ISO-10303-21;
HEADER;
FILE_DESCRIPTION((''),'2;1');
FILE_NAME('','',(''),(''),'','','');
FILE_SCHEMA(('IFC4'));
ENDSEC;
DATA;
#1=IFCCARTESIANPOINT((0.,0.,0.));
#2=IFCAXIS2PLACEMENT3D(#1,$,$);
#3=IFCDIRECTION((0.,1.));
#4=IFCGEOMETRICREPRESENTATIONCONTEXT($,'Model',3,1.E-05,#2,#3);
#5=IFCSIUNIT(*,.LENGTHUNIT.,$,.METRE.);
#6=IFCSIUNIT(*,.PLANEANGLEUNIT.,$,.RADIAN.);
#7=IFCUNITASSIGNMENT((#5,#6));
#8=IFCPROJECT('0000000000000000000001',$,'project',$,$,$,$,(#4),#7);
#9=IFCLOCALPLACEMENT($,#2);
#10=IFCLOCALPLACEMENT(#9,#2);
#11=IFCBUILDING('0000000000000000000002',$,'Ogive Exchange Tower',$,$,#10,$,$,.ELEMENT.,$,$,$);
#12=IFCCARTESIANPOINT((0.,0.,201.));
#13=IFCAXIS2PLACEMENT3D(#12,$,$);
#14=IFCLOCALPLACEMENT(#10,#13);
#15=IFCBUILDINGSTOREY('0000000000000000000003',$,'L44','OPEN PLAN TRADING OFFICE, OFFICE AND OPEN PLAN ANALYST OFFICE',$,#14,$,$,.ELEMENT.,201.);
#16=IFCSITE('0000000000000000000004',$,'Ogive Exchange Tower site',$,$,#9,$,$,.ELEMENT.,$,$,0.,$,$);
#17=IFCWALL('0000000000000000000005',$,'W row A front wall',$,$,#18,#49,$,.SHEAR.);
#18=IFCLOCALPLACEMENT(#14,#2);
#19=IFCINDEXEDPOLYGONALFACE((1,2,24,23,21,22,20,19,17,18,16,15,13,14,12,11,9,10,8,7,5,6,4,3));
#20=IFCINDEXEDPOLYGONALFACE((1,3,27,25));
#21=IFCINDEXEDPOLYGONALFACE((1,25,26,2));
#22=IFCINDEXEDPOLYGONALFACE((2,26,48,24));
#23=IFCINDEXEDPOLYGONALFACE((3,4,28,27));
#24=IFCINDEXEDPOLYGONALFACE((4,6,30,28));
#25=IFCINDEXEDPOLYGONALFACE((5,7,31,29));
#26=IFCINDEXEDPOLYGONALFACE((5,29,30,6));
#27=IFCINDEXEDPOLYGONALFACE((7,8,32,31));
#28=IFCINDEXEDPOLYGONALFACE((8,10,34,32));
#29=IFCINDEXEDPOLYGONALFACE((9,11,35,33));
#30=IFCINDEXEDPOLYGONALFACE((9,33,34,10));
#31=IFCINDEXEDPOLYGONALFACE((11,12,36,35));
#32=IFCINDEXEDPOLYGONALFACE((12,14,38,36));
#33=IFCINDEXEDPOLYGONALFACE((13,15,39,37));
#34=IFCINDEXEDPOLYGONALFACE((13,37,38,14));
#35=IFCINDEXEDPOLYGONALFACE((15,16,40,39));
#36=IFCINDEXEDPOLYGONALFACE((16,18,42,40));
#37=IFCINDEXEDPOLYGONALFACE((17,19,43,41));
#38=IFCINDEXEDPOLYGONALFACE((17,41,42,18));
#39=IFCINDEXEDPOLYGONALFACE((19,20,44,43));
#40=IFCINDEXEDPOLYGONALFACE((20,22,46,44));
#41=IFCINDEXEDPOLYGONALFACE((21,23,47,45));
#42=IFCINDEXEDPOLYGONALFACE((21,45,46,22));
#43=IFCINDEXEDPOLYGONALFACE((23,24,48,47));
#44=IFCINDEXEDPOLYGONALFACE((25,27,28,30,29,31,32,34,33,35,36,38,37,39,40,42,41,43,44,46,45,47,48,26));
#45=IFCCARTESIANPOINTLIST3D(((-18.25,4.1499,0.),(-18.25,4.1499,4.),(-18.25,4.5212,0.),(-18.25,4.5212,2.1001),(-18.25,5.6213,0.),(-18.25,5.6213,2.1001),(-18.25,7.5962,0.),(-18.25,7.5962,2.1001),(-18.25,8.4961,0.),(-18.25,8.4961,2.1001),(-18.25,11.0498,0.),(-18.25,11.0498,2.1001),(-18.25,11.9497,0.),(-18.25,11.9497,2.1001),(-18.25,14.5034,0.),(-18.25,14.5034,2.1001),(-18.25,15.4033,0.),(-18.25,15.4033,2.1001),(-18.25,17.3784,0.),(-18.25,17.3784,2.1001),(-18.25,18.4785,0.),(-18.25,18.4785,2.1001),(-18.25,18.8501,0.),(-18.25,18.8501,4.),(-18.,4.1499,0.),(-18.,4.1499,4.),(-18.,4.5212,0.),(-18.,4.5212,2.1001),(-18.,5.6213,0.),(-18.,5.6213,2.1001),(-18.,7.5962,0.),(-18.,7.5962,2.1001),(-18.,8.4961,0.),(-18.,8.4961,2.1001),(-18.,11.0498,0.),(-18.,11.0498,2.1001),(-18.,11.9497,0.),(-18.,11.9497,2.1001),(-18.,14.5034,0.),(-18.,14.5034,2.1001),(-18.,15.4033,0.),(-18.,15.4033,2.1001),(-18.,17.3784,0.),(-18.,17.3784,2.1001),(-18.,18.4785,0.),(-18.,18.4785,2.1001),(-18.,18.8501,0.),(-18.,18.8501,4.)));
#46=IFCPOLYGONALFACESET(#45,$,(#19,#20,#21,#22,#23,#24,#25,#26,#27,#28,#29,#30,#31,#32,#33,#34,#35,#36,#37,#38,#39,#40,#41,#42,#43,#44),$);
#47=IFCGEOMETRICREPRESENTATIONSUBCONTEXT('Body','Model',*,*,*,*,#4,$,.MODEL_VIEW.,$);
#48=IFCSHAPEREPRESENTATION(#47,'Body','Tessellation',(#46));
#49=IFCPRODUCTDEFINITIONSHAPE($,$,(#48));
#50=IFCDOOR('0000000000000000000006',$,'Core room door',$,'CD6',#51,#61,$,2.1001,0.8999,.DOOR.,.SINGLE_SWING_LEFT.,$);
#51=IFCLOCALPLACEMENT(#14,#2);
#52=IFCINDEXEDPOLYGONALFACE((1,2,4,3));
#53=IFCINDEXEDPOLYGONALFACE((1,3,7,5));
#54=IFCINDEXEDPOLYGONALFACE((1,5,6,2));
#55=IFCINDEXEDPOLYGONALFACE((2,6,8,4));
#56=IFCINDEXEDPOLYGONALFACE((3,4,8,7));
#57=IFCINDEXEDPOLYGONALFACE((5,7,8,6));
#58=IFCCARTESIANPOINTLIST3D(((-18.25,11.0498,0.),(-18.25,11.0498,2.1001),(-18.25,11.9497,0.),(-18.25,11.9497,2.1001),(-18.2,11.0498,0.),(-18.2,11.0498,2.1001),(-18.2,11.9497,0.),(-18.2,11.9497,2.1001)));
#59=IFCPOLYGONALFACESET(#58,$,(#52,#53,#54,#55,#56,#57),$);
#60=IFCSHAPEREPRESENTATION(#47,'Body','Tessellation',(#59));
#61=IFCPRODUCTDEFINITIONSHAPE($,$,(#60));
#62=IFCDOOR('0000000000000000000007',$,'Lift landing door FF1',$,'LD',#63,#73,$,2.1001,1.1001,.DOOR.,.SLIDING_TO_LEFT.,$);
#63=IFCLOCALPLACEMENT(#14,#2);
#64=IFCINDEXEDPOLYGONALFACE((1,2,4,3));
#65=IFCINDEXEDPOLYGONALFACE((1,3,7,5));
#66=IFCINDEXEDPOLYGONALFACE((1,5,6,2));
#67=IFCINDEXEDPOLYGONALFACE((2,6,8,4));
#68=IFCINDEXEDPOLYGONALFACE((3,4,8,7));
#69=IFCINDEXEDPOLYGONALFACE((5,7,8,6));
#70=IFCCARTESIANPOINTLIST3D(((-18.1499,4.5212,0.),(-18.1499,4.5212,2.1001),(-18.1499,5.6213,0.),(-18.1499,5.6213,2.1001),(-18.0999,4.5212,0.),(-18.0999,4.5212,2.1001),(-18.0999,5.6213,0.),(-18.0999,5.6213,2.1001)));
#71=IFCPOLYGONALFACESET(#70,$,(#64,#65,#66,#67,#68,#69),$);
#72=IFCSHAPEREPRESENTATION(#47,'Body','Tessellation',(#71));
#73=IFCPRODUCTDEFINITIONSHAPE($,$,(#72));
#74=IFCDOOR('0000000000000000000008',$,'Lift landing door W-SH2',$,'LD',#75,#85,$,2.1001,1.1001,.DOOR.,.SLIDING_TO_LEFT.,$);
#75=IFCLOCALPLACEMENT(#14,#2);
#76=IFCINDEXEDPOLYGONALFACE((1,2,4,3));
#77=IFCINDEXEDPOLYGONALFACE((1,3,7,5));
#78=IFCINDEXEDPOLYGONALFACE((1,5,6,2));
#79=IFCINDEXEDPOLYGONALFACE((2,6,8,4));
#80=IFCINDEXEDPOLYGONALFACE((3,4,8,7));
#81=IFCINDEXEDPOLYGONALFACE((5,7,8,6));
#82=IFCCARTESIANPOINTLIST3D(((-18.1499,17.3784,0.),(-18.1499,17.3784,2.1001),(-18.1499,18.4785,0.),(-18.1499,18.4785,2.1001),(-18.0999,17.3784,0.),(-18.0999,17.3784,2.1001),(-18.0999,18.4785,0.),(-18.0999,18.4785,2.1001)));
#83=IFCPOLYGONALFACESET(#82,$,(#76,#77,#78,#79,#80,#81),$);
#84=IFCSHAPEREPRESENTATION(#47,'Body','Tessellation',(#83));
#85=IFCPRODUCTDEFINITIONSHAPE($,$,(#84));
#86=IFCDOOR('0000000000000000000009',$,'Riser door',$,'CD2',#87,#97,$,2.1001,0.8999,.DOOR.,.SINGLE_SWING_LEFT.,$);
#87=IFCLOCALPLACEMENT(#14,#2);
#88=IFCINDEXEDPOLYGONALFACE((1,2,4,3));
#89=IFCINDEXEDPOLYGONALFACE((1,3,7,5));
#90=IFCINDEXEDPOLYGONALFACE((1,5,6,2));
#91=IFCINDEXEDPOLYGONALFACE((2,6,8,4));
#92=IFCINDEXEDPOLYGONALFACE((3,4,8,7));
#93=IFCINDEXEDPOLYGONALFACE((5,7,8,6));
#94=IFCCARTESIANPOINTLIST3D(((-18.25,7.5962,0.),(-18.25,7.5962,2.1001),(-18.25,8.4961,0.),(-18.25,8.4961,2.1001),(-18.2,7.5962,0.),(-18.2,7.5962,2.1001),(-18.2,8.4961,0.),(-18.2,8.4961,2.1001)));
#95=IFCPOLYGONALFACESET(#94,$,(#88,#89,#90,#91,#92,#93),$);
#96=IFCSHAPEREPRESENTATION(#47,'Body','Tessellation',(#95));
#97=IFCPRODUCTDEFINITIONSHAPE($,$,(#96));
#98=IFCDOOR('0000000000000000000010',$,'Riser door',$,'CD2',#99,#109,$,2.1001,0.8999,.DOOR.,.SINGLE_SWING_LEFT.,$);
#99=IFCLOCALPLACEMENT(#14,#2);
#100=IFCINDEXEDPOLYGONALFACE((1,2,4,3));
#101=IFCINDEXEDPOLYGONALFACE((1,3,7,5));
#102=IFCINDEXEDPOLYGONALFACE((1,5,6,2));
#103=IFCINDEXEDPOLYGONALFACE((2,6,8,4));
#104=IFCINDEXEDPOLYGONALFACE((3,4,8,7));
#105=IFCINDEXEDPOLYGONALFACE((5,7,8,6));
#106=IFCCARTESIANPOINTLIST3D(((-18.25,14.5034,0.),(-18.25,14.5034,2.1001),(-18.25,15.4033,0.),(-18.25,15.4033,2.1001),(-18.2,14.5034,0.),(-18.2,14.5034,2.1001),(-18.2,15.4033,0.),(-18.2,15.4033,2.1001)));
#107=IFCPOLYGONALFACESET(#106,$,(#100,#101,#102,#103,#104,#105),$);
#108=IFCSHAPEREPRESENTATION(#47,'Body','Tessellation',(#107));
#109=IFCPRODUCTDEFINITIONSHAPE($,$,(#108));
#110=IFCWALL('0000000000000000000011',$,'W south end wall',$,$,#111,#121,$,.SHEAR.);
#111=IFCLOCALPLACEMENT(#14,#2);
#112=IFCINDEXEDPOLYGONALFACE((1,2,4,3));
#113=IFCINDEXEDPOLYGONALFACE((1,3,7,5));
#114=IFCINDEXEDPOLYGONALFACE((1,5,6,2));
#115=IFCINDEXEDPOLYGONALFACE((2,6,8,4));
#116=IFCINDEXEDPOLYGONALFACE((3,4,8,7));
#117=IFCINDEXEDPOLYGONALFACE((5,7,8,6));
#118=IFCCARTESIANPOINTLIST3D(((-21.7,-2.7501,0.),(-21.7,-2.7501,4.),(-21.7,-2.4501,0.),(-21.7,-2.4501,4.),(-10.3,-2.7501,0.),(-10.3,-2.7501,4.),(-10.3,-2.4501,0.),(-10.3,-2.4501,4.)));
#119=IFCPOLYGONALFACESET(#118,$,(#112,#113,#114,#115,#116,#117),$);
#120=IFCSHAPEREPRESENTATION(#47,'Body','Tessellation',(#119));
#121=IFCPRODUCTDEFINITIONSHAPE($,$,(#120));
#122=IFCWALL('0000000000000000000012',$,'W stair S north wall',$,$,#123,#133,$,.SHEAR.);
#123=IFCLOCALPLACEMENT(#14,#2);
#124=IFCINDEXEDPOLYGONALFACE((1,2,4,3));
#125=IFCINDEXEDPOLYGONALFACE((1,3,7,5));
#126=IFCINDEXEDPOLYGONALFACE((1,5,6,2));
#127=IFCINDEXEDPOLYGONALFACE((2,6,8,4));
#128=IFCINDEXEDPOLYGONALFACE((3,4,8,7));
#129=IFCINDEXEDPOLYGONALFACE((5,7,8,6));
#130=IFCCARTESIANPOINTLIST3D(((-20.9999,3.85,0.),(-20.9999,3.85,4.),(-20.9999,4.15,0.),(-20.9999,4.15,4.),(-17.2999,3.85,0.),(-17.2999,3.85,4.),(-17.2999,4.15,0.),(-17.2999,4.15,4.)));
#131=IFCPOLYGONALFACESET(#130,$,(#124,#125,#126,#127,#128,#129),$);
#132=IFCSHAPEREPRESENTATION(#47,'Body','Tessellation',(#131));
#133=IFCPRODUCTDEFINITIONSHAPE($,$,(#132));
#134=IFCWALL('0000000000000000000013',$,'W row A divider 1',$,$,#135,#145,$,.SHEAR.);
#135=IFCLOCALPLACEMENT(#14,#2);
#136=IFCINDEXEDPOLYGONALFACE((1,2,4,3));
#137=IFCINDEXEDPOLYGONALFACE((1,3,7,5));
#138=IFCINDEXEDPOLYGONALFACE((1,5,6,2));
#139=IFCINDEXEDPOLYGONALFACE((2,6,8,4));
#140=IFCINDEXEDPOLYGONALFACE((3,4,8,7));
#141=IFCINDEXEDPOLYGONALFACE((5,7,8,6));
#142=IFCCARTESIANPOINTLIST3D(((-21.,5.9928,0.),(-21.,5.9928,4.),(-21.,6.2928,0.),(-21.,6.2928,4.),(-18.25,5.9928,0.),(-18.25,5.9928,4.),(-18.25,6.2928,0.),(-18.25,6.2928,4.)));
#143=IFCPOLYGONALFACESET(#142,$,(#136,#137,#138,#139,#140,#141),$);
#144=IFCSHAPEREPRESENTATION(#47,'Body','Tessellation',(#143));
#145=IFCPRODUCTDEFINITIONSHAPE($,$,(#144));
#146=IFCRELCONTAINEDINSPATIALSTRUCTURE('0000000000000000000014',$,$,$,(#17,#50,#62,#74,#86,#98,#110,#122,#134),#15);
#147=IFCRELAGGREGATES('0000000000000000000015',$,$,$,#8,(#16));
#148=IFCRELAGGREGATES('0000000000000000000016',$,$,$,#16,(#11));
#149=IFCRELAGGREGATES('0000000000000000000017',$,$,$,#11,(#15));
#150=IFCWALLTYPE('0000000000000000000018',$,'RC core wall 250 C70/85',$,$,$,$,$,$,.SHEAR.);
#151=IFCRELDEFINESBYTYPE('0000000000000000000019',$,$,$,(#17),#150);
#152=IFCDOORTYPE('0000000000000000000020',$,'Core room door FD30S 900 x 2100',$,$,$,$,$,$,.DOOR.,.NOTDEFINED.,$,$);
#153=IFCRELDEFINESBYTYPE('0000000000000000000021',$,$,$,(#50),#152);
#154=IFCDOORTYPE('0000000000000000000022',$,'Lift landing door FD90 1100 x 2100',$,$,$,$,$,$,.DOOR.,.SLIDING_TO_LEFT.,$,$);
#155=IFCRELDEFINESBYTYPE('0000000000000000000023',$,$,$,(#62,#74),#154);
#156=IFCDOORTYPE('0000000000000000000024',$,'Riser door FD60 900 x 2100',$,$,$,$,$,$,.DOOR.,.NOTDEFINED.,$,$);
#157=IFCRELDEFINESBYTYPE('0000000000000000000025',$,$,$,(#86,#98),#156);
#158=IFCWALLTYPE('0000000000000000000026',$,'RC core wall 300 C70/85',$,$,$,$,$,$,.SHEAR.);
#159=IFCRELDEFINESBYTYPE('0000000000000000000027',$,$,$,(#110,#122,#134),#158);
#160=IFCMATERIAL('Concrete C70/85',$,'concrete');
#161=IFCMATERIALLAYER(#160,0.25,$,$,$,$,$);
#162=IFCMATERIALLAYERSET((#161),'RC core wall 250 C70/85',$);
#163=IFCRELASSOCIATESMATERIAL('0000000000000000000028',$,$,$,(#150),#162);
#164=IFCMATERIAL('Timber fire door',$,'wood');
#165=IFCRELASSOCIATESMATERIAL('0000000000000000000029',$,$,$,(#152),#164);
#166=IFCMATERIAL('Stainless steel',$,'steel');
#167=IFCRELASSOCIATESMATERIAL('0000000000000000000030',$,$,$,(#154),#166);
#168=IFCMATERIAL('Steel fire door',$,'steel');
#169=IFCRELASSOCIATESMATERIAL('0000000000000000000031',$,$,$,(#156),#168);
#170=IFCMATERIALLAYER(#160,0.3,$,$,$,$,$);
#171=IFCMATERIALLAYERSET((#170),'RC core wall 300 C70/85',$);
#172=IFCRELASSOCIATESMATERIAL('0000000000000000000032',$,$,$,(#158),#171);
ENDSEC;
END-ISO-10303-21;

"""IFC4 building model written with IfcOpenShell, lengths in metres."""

from ifc_helpers import new_model, si_unit, direction, frame, frame_2d, origin, place, context, subcontext, project, spatial, rectangle, extrude, material, layer, layer_set, type_object, element, fill, save


model = new_model("IFC4")

# Units and contexts
model_context = context("Model", 3, precision=1e-05, world=origin(), true_north=direction((0.0, 1.0)))
body_context = subcontext(model_context, "Body", "Model", "MODEL_VIEW")
ifc_project = project(units=[si_unit("LENGTHUNIT", "METRE"), si_unit("PLANEANGLEUNIT", "RADIAN")], contexts=[model_context])

# Site, building, storey
site_placement = place(None, origin())
site = spatial("IfcSite", under=ifc_project, at=site_placement, Name="Ogive Exchange Tower site", CompositionType="ELEMENT", RefElevation=0.0)
building_placement = place(site_placement, origin())
building = spatial("IfcBuilding", under=site, at=building_placement, Name="Ogive Exchange Tower", CompositionType="ELEMENT")
storey_placement = place(building_placement, frame((0.0, 0.0, 201.0)))
storey = spatial("IfcBuildingStorey", under=building, at=storey_placement, Name="L44", Description="OPEN PLAN TRADING OFFICE, OFFICE AND OPEN PLAN ANALYST OFFICE", CompositionType="ELEMENT", Elevation=201.0)

# Shared definitions
ifc_material_1 = material(Name="Concrete C70/85", Category="concrete")
ifc_material_2 = material(Name="Steel fire door", Category="steel")
ifc_layer_1 = layer(ifc_material_1, 0.25)
ifc_layer_set_1 = layer_set([ifc_layer_1], Name="RC core wall 250 C70/85")
wall_type_1 = type_object("IfcWallType", Name="RC core wall 250 C70/85", PredefinedType="SHEAR", material=ifc_layer_set_1)

# Wall, openings, doors
wall_1_placement = place(storey_placement, frame((-18.125, 4.1499, 0.0), z_axis=(0.0, 0.0, 1.0), x_axis=(0.0, 1.0, 0.0)))
wall_1 = element("IfcWall", 1, at=wall_1_placement, inside=storey, type_object=wall_type_1, Name="W row A front wall", PredefinedType="SHEAR", context=body_context, shape_type="SweptSolid", body=[
    extrude(rectangle(XDim=14.7002, YDim=0.25, at=frame_2d((7.3501, 0.0))), origin(), (0.0, 0.0, 1.0), 4.0),
])
opening_1_placement = place(wall_1_placement, frame((3.4463, 0.0, 0.0)))
opening_1 = element("IfcOpeningElement", 2, at=opening_1_placement, cuts=wall_1, PredefinedType="OPENING", context=body_context, shape_type="SweptSolid", body=[
    extrude(rectangle(XDim=0.8999, YDim=2.1001, at=frame_2d((0.45, 1.05))), frame((0.0, 0.135, 0.0), z_axis=(0.0, -1.0, 0.0), x_axis=(1.0, 0.0, 0.0)), (0.0, 0.0, 1.0), 0.27),
])
opening_2_placement = place(wall_1_placement, frame((6.8999, 0.0, 0.0)))
opening_2 = element("IfcOpeningElement", 3, at=opening_2_placement, cuts=wall_1, PredefinedType="OPENING", context=body_context, shape_type="SweptSolid", body=[
    extrude(rectangle(XDim=0.8999, YDim=2.1001, at=frame_2d((0.45, 1.05))), frame((0.0, 0.135, 0.0), z_axis=(0.0, -1.0, 0.0), x_axis=(1.0, 0.0, 0.0)), (0.0, 0.0, 1.0), 0.27),
])
opening_3_placement = place(wall_1_placement, frame((10.3535, 0.0, 0.0)))
opening_3 = element("IfcOpeningElement", 4, at=opening_3_placement, cuts=wall_1, PredefinedType="OPENING", context=body_context, shape_type="SweptSolid", body=[
    extrude(rectangle(XDim=0.8999, YDim=2.1001, at=frame_2d((0.45, 1.05))), frame((0.0, 0.135, 0.0), z_axis=(0.0, -1.0, 0.0), x_axis=(1.0, 0.0, 0.0)), (0.0, 0.0, 1.0), 0.27),
])
opening_4_placement = place(wall_1_placement, frame((0.3713, 0.0, 0.0)))
opening_4 = element("IfcOpeningElement", 5, at=opening_4_placement, cuts=wall_1, PredefinedType="OPENING", context=body_context, shape_type="SweptSolid", body=[
    extrude(rectangle(XDim=1.1001, YDim=2.1001, at=frame_2d((0.55, 1.05))), frame((0.0, 0.135, 0.0), z_axis=(0.0, -1.0, 0.0), x_axis=(1.0, 0.0, 0.0)), (0.0, 0.0, 1.0), 0.27),
])
opening_5_placement = place(wall_1_placement, frame((13.2285, 0.0, 0.0)))
opening_5 = element("IfcOpeningElement", 6, at=opening_5_placement, cuts=wall_1, PredefinedType="OPENING", context=body_context, shape_type="SweptSolid", body=[
    extrude(rectangle(XDim=1.1001, YDim=2.1001, at=frame_2d((0.55, 1.05))), frame((0.0, 0.135, 0.0), z_axis=(0.0, -1.0, 0.0), x_axis=(1.0, 0.0, 0.0)), (0.0, 0.0, 1.0), 0.27),
])
ifc_material_3 = material(Name="Timber fire door", Category="wood")
door_type_1 = type_object("IfcDoorType", Name="Core room door FD30S 900 x 2100", OperationType="NOTDEFINED", PredefinedType="DOOR", material=ifc_material_3)
door_1_placement = place(opening_2_placement, origin())
door_1 = element("IfcDoor", 7, at=door_1_placement, inside=storey, type_object=door_type_1, Name="Core room door", ObjectType="CD6", OperationType="SINGLE_SWING_LEFT", OverallHeight=2.1001, OverallWidth=0.8999, PredefinedType="DOOR", context=body_context, shape_type="SweptSolid", body=[
    extrude(rectangle(XDim=0.8999, YDim=2.1001, at=frame_2d((0.45, 1.05))), frame((0.0, 0.125, 0.0), z_axis=(0.0, -1.0, 0.0), x_axis=(1.0, 0.0, 0.0)), (0.0, 0.0, 1.0), 0.05),
])
fill(opening_2, door_1)
ifc_material_4 = material(Name="Stainless steel", Category="steel")
door_type_2 = type_object("IfcDoorType", Name="Lift landing door FD90 1100 x 2100", OperationType="SLIDING_TO_LEFT", PredefinedType="DOOR", material=ifc_material_4)
door_2_placement = place(opening_4_placement, origin())
door_2 = element("IfcDoor", 8, at=door_2_placement, inside=storey, type_object=door_type_2, Name="Lift landing door FF1", ObjectType="LD", OperationType="SLIDING_TO_LEFT", OverallHeight=2.1001, OverallWidth=1.1001, PredefinedType="DOOR", context=body_context, shape_type="SweptSolid", body=[
    extrude(rectangle(XDim=1.1001, YDim=2.1001, at=frame_2d((0.55, 1.05))), frame((0.0, 0.0249, 0.0), z_axis=(0.0, -1.0, 0.0), x_axis=(1.0, 0.0, 0.0)), (0.0, 0.0, 1.0), 0.05),
])
fill(opening_4, door_2)
door_3_placement = place(opening_5_placement, origin())
door_3 = element("IfcDoor", 9, at=door_3_placement, inside=storey, type_object=door_type_2, Name="Lift landing door W-SH2", ObjectType="LD", OperationType="SLIDING_TO_LEFT", OverallHeight=2.1001, OverallWidth=1.1001, PredefinedType="DOOR", context=body_context, shape_type="SweptSolid", body=[
    extrude(rectangle(XDim=1.1001, YDim=2.1001, at=frame_2d((0.55, 1.05))), frame((0.0, 0.0249, 0.0), z_axis=(0.0, -1.0, 0.0), x_axis=(1.0, 0.0, 0.0)), (0.0, 0.0, 1.0), 0.05),
])
fill(opening_5, door_3)
door_type_3 = type_object("IfcDoorType", Name="Riser door FD60 900 x 2100", OperationType="NOTDEFINED", PredefinedType="DOOR", material=ifc_material_2)
door_4_placement = place(opening_1_placement, origin())
door_4 = element("IfcDoor", 10, at=door_4_placement, inside=storey, type_object=door_type_3, Name="Riser door", ObjectType="CD2", OperationType="SINGLE_SWING_LEFT", OverallHeight=2.1001, OverallWidth=0.8999, PredefinedType="DOOR", context=body_context, shape_type="SweptSolid", body=[
    extrude(rectangle(XDim=0.8999, YDim=2.1001, at=frame_2d((0.45, 1.05))), frame((0.0, 0.125, 0.0), z_axis=(0.0, -1.0, 0.0), x_axis=(1.0, 0.0, 0.0)), (0.0, 0.0, 1.0), 0.05),
])
fill(opening_1, door_4)
door_5_placement = place(opening_3_placement, origin())
door_5 = element("IfcDoor", 11, at=door_5_placement, inside=storey, type_object=door_type_3, Name="Riser door", ObjectType="CD2", OperationType="SINGLE_SWING_LEFT", OverallHeight=2.1001, OverallWidth=0.8999, PredefinedType="DOOR", context=body_context, shape_type="SweptSolid", body=[
    extrude(rectangle(XDim=0.8999, YDim=2.1001, at=frame_2d((0.45, 1.05))), frame((0.0, 0.125, 0.0), z_axis=(0.0, -1.0, 0.0), x_axis=(1.0, 0.0, 0.0)), (0.0, 0.0, 1.0), 0.05),
])
fill(opening_3, door_5)

# Walls
ifc_layer_2 = layer(ifc_material_1, 0.3)
ifc_layer_set_2 = layer_set([ifc_layer_2], Name="RC core wall 300 C70/85")
wall_type_2 = type_object("IfcWallType", Name="RC core wall 300 C70/85", PredefinedType="SHEAR", material=ifc_layer_set_2)
wall_2_placement = place(storey_placement, frame((-21.7, -2.6001, 0.0), z_axis=(0.0, 0.0, 1.0), x_axis=(1.0, 0.0, 0.0)))
element("IfcWall", 12, at=wall_2_placement, inside=storey, type_object=wall_type_2, Name="W south end wall", PredefinedType="SHEAR", context=body_context, shape_type="SweptSolid", body=[
    extrude(rectangle(XDim=11.3999, YDim=0.3, at=frame_2d((5.7, 0.0))), origin(), (0.0, 0.0, 1.0), 4.0),
])
wall_3_placement = place(storey_placement, frame((-21.0, 4.0, 0.0), z_axis=(0.0, 0.0, 1.0), x_axis=(1.0, 0.0, 0.0)))
element("IfcWall", 13, at=wall_3_placement, inside=storey, type_object=wall_type_2, Name="W stair S north wall", PredefinedType="SHEAR", context=body_context, shape_type="SweptSolid", body=[
    extrude(rectangle(XDim=3.7, YDim=0.3, at=frame_2d((1.8501, 0.0))), origin(), (0.0, 0.0, 1.0), 4.0),
])
wall_4_placement = place(storey_placement, frame((-21.0, 6.1428, 0.0), z_axis=(0.0, 0.0, 1.0), x_axis=(1.0, 0.0, 0.0)))
element("IfcWall", 14, at=wall_4_placement, inside=storey, type_object=wall_type_2, Name="W row A divider 1", PredefinedType="SHEAR", context=body_context, shape_type="SweptSolid", body=[
    extrude(rectangle(XDim=2.75, YDim=0.3, at=frame_2d((1.375, 0.0))), origin(), (0.0, 0.0, 1.0), 4.0),
])

save(model, "model.ifc")
